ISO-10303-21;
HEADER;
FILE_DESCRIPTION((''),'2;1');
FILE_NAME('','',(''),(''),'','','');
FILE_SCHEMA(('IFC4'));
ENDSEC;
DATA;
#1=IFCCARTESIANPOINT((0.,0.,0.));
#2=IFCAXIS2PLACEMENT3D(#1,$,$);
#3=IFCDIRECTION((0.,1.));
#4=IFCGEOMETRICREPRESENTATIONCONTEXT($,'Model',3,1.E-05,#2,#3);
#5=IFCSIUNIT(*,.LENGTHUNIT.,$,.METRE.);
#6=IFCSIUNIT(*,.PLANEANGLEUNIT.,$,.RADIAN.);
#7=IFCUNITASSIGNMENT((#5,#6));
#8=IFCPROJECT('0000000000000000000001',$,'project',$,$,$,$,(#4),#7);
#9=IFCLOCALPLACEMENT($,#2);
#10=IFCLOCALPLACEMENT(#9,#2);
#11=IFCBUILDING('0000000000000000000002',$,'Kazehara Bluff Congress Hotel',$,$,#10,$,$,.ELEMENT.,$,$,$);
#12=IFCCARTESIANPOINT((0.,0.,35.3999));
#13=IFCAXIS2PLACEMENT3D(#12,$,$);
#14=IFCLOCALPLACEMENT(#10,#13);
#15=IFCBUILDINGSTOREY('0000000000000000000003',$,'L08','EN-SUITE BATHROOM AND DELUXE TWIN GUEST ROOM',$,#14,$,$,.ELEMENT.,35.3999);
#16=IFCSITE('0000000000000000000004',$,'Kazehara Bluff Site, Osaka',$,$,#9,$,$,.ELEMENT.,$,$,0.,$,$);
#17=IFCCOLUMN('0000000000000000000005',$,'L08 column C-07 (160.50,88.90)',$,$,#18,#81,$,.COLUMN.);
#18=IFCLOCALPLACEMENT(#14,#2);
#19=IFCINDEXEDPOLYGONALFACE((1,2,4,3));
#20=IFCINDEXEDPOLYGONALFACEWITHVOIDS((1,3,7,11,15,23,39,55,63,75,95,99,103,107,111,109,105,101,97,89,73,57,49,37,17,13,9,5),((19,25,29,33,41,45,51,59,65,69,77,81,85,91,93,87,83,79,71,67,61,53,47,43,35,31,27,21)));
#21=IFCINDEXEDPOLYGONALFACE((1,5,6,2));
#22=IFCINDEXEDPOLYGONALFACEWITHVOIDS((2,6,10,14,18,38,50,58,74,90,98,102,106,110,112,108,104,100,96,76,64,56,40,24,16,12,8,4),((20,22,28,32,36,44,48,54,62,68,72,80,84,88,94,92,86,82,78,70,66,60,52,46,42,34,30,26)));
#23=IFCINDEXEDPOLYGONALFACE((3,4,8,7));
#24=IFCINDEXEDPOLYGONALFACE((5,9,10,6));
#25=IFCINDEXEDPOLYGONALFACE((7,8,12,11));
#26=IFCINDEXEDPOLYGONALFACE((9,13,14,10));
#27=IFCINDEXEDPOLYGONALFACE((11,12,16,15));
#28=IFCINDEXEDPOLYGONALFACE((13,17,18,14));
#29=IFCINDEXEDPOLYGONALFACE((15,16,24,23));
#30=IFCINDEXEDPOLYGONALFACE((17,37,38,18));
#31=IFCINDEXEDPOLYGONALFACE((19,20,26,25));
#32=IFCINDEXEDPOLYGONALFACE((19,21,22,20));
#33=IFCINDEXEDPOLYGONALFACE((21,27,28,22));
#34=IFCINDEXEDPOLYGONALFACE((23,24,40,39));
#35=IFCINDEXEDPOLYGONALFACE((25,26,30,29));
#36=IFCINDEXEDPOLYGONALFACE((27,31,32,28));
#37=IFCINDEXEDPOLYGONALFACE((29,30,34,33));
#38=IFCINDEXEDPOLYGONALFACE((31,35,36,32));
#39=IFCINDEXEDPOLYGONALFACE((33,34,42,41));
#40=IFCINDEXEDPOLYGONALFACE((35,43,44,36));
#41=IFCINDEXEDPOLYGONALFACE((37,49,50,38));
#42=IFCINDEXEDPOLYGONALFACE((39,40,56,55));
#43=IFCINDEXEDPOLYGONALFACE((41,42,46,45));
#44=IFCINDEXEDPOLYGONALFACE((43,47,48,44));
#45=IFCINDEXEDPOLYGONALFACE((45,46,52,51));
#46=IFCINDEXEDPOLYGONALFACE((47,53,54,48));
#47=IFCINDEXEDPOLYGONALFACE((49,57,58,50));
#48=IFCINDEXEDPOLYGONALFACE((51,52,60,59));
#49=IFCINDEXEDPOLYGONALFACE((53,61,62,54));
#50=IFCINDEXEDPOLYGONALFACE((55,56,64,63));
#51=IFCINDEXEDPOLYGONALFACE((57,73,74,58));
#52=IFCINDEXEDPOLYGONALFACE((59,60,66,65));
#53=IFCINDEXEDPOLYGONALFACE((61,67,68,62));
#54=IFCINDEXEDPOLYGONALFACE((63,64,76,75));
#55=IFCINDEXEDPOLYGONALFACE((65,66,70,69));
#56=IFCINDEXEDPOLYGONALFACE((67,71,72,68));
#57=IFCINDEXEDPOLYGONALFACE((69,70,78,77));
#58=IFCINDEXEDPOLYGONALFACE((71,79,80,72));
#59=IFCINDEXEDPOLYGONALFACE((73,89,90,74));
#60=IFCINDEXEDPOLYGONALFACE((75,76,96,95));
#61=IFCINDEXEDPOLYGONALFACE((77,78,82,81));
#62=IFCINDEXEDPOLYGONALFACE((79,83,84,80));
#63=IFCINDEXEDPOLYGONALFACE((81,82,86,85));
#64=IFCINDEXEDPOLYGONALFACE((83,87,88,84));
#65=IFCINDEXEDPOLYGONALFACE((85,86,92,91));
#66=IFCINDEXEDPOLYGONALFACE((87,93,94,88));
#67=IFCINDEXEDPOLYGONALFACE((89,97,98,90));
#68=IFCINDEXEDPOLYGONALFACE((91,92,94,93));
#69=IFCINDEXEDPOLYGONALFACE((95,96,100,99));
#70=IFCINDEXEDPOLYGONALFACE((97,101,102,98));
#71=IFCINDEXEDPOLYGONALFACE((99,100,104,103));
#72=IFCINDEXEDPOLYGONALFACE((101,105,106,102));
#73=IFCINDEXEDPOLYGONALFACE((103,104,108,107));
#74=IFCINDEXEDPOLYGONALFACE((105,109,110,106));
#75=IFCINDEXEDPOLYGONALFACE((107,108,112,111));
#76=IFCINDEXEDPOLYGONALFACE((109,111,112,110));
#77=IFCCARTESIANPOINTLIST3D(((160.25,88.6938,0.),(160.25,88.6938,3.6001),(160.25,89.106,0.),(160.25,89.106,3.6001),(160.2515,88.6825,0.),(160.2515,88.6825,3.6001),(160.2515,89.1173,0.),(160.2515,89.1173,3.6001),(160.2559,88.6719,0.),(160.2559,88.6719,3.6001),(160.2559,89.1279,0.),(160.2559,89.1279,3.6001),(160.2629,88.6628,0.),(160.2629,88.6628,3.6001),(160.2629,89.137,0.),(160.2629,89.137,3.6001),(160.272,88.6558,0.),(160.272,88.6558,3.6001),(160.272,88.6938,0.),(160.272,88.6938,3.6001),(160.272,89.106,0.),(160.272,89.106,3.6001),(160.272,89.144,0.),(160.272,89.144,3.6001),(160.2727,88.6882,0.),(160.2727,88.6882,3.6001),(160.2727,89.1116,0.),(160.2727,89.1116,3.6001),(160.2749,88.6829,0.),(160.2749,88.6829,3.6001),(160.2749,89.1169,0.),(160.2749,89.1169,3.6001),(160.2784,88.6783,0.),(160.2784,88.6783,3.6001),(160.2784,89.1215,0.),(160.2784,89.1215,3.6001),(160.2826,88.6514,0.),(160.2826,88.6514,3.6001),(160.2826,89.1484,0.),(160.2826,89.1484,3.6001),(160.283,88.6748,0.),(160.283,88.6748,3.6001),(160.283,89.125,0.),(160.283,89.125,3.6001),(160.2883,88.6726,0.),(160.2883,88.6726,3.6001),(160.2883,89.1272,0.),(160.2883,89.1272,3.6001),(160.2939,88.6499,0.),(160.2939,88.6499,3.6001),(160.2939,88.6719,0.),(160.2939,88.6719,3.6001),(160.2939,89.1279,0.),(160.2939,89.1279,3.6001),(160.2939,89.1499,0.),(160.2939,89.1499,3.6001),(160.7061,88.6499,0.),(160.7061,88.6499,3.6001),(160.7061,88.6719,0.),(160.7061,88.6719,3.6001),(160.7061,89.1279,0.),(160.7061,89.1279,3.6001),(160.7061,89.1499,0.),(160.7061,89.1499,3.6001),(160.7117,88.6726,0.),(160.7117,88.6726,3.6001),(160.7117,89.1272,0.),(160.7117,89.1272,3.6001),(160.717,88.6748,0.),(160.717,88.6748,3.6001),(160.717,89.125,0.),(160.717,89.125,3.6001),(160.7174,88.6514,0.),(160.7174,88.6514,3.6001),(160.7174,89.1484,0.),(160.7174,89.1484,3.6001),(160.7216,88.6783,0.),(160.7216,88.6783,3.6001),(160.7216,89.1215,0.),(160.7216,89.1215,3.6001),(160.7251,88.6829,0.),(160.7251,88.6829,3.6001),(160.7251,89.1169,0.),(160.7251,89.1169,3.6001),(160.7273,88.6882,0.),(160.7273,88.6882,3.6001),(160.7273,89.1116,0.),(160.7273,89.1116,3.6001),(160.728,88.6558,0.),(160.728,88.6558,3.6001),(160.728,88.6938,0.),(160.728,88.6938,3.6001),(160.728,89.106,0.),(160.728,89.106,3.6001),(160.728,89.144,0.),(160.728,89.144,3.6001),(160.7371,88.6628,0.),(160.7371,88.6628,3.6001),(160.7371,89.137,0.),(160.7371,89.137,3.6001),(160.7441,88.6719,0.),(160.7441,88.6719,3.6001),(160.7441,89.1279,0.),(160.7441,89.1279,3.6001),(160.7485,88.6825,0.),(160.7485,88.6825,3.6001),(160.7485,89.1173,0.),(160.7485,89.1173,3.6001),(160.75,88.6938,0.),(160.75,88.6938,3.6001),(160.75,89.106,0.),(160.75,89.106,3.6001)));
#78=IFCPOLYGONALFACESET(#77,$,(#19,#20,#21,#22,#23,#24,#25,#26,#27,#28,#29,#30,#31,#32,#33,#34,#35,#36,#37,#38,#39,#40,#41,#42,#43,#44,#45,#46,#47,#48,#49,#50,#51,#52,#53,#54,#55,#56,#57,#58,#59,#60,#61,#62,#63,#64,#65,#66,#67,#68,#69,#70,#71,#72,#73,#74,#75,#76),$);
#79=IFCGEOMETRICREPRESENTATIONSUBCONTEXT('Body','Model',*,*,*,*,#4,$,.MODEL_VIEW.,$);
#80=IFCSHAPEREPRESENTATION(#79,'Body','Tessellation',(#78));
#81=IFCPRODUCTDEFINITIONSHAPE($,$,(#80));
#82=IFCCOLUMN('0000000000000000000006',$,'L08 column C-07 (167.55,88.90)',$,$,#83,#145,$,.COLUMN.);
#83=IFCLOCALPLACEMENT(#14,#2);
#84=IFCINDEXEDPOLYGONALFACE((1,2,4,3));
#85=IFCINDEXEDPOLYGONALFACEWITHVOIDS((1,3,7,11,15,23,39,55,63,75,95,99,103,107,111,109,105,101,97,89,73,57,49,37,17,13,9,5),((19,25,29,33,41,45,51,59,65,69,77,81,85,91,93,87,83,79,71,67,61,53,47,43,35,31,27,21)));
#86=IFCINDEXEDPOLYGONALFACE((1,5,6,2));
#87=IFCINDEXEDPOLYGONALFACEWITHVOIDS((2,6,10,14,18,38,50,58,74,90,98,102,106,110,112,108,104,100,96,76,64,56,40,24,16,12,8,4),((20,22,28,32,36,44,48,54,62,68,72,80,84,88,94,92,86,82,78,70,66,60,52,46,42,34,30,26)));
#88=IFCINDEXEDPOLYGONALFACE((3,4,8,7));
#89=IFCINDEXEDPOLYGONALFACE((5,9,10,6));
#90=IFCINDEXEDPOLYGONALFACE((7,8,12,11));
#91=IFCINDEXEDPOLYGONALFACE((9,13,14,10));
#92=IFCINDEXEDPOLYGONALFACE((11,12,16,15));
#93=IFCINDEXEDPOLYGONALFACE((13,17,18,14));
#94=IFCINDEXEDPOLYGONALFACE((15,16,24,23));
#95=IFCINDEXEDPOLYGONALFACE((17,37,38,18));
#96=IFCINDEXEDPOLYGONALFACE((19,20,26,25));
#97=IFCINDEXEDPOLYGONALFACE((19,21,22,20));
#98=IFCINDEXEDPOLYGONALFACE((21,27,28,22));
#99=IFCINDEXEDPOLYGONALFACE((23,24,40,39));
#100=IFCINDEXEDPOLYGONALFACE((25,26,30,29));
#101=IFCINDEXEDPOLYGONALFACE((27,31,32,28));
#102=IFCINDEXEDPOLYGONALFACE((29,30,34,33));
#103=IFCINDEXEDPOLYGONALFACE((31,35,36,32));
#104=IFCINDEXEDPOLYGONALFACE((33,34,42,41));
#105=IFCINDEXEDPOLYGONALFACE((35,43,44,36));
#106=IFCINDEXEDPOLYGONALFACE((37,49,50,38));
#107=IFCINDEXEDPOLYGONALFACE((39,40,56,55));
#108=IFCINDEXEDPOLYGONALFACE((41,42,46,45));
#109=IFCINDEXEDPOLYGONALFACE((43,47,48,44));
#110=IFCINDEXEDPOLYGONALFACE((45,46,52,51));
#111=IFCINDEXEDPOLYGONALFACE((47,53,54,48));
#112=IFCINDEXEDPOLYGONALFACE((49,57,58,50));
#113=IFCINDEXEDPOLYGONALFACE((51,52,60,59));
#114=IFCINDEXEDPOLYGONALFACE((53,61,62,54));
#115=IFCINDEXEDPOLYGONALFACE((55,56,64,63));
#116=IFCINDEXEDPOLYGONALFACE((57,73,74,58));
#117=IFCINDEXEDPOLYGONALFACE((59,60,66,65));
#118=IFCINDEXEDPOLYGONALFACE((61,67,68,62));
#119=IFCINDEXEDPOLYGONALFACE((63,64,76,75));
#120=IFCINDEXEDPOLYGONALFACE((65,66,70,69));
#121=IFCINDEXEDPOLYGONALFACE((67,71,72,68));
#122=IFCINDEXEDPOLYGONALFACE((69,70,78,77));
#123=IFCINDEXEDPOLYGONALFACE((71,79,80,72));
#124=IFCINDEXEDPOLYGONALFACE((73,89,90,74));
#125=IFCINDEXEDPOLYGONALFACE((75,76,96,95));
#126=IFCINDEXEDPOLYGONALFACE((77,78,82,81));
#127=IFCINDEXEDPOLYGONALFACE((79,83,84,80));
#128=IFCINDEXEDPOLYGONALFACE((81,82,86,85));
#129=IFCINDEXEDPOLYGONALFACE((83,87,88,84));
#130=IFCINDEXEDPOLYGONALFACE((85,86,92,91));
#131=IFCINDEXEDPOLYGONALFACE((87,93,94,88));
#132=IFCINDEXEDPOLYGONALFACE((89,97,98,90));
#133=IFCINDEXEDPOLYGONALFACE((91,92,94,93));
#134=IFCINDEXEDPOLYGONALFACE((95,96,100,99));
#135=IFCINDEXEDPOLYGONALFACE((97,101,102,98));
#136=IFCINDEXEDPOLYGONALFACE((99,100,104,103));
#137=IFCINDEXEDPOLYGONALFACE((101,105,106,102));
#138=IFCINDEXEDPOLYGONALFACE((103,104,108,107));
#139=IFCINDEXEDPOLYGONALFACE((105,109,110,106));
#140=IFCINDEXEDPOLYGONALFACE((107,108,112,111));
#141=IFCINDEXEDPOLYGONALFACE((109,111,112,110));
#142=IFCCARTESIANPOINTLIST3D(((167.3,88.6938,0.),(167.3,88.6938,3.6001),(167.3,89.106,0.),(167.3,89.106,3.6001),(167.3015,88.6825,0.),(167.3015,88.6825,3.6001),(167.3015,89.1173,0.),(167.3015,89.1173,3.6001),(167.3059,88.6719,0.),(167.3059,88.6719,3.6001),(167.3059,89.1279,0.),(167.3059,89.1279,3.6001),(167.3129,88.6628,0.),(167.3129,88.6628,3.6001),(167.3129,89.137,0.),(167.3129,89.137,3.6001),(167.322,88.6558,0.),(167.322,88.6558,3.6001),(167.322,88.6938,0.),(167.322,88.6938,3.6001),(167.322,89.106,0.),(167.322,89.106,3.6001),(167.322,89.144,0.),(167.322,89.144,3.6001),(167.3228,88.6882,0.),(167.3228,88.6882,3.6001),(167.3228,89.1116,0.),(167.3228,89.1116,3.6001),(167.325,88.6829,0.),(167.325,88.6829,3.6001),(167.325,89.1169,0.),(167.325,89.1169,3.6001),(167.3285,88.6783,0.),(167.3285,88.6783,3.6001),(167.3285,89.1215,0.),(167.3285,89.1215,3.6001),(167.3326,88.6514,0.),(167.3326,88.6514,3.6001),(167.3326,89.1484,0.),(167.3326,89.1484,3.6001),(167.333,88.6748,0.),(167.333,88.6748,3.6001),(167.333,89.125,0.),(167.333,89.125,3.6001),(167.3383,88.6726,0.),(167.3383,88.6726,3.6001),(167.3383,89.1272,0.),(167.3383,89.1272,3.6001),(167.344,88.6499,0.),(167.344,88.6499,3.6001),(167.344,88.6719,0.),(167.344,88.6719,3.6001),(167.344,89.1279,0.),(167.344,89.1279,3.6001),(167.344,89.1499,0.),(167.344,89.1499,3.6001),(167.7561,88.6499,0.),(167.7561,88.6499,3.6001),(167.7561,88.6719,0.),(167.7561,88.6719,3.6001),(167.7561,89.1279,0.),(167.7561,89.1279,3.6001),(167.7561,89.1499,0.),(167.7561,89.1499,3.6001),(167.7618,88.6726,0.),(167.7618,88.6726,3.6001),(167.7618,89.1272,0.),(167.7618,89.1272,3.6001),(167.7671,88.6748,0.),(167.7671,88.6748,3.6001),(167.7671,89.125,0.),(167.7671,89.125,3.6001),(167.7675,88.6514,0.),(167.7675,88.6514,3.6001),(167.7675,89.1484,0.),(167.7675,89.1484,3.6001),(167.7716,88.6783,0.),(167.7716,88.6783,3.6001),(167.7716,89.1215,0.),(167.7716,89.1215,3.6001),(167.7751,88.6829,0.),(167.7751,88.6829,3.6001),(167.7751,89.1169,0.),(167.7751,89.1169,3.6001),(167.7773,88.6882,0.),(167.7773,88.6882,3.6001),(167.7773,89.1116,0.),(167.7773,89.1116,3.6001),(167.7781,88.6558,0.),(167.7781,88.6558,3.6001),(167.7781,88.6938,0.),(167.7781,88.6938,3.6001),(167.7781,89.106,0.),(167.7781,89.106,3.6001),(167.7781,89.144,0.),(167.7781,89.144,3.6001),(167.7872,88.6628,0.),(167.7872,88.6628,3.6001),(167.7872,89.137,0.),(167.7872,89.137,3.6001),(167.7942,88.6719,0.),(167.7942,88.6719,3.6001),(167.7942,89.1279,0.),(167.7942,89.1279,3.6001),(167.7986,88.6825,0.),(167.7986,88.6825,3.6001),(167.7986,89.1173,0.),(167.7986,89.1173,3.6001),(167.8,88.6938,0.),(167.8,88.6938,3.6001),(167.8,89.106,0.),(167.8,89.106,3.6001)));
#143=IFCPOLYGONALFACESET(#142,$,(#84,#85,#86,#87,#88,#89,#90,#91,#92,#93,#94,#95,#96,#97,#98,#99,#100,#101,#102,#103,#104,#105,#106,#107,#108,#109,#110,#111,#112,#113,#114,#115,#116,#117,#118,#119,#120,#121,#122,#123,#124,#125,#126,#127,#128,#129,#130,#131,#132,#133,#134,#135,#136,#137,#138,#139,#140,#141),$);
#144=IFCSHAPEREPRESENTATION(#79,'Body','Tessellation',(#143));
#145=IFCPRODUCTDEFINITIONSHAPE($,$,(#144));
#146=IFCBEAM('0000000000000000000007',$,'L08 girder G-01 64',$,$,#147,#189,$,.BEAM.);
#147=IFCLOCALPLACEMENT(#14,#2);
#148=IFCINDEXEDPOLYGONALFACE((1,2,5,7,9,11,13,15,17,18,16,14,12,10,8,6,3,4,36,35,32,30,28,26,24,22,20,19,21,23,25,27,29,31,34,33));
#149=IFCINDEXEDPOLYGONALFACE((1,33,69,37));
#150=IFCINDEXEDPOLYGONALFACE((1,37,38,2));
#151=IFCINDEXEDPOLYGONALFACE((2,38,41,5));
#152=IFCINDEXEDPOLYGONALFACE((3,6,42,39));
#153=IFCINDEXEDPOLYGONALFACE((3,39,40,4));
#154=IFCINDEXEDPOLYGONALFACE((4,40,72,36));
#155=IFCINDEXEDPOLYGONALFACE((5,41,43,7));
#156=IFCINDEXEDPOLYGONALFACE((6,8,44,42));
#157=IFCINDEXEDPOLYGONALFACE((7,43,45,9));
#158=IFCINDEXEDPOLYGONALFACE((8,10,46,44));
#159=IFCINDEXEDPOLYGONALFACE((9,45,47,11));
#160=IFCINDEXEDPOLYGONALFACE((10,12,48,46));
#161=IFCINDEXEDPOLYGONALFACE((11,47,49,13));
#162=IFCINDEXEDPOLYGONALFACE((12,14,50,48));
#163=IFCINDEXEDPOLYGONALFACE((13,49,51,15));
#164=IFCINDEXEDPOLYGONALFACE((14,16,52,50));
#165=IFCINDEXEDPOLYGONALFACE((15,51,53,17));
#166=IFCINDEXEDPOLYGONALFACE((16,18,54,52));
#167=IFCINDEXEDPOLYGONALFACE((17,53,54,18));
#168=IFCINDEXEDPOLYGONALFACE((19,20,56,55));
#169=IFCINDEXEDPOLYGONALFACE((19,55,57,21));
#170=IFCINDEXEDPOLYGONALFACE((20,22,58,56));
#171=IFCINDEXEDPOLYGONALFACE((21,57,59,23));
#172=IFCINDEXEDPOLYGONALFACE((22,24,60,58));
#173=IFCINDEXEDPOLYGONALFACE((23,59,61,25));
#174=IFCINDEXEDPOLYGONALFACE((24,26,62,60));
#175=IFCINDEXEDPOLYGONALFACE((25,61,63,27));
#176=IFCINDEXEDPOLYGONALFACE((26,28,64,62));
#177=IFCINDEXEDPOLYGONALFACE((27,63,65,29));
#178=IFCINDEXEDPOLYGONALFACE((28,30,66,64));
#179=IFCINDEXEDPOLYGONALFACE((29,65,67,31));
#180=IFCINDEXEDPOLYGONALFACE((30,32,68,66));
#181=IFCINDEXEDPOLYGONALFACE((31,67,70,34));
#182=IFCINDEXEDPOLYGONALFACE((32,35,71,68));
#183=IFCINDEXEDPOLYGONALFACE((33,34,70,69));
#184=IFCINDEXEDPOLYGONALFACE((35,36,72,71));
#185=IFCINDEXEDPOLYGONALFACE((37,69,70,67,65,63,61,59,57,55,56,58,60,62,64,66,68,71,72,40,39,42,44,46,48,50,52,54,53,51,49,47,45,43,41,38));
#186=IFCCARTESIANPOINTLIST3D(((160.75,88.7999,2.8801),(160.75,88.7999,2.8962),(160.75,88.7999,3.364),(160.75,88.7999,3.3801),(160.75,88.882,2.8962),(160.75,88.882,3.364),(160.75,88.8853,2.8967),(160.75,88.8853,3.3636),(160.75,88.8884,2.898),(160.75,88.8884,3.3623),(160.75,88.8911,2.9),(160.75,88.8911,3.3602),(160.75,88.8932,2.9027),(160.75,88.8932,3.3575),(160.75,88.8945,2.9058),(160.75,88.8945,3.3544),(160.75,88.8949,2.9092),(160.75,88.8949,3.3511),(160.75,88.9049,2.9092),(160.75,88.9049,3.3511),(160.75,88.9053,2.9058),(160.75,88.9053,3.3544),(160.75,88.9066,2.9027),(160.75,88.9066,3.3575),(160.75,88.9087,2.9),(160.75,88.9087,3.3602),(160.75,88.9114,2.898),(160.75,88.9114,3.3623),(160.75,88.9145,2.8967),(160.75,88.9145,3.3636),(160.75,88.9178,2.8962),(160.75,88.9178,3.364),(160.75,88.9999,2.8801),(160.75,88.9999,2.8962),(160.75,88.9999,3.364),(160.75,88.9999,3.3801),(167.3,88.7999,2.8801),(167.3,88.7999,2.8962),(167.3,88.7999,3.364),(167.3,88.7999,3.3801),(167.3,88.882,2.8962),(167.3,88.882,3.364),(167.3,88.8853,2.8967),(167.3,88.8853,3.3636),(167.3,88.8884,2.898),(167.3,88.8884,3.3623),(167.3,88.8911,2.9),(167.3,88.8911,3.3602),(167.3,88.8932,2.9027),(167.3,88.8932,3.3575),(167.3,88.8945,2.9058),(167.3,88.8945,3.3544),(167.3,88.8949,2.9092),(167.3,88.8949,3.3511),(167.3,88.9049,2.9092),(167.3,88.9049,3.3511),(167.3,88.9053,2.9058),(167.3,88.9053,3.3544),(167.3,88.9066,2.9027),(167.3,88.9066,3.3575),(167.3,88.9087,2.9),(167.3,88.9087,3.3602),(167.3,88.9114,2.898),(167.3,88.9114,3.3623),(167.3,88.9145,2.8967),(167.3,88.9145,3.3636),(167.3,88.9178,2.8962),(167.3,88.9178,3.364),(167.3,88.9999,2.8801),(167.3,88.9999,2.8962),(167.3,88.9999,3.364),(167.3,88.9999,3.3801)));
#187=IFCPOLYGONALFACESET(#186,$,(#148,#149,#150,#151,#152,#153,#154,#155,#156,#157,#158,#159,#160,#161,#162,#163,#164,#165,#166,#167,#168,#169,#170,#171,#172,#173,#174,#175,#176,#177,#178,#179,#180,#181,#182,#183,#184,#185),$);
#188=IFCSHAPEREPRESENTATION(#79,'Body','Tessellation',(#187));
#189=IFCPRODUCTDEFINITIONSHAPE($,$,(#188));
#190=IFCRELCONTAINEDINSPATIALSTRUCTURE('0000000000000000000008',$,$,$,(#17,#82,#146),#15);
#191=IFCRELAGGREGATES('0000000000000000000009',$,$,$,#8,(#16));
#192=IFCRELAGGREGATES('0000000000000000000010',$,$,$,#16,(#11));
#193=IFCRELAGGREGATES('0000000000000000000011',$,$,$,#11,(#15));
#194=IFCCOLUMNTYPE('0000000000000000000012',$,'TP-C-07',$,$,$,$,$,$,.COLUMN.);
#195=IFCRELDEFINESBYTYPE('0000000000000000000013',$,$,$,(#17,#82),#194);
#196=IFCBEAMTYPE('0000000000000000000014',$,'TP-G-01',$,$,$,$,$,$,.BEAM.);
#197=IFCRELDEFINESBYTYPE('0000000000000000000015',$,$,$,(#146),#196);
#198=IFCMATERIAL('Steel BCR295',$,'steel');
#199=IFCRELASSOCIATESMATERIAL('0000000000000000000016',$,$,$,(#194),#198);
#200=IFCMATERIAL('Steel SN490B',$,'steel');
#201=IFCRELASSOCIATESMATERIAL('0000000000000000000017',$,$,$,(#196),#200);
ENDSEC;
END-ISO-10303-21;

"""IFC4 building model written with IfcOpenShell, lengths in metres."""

from ifc_helpers import new_model, si_unit, direction, frame, origin, origin_2d, place, context, subcontext, project, spatial, hollow_rectangle, i_section, extrude, material, material_profile, profile_set, type_object, element, save


model = new_model("IFC4")

# Units and contexts
model_context = context("Model", 3, precision=1e-05, world=origin(), true_north=direction((0.0, 1.0)))
body_context = subcontext(model_context, "Body", "Model", "MODEL_VIEW")
ifc_project = project(units=[si_unit("LENGTHUNIT", "METRE"), si_unit("PLANEANGLEUNIT", "RADIAN")], contexts=[model_context])

# Site, building, storey
site_placement = place(None, origin())
site = spatial("IfcSite", under=ifc_project, at=site_placement, Name="Kazehara Bluff Site, Osaka", CompositionType="ELEMENT", RefElevation=0.0)
building_placement = place(site_placement, origin())
building = spatial("IfcBuilding", under=site, at=building_placement, Name="Kazehara Bluff Congress Hotel", CompositionType="ELEMENT")
storey_placement = place(building_placement, frame((0.0, 0.0, 35.3999)))
storey = spatial("IfcBuildingStorey", under=building, at=storey_placement, Name="L08", Description="EN-SUITE BATHROOM AND DELUXE TWIN GUEST ROOM", CompositionType="ELEMENT", Elevation=35.3999)

# Columns
ifc_material_1 = material(Name="Steel BCR295", Category="steel")
ifc_material_profile_1 = material_profile(ifc_material_1, hollow_rectangle(XDim=0.5, YDim=0.5, WallThickness=0.022, InnerFilletRadius=0.022, OuterFilletRadius=0.0439, at=origin_2d()))
ifc_profile_set_1 = profile_set([ifc_material_profile_1], Name="Steel BCR295")
column_type = type_object("IfcColumnType", Name="TP-C-07", PredefinedType="COLUMN", material=ifc_profile_set_1)
for number, where, z_axis, x_axis, name in (
    (1, (160.5, 88.8999, 0.0), (0.0, 0.0, 1.0), (1.0, 0.0, 0.0), "L08 column C-07 (160.50,88.90)"),
    (2, (167.55, 88.8999, 0.0), (0.0, 0.0, 1.0), (1.0, 0.0, 0.0), "L08 column C-07 (167.55,88.90)"),
):
    element("IfcColumn", number, at=place(storey_placement, frame(where, z_axis=z_axis, x_axis=x_axis)), inside=storey, type_object=column_type, Name=name, PredefinedType="COLUMN", context=body_context, shape_type="SweptSolid", body=[
        extrude(hollow_rectangle(XDim=0.5, YDim=0.5, WallThickness=0.022, InnerFilletRadius=0.022, OuterFilletRadius=0.0439, at=origin_2d()), origin(), (0.0, 0.0, 1.0), 3.6001),
    ])

# Beam
ifc_material_2 = material(Name="Steel SN490B", Category="steel")
ifc_material_profile_2 = material_profile(ifc_material_2, i_section(OverallWidth=0.2, OverallDepth=0.5, WebThickness=0.01, FlangeThickness=0.0161, FilletRadius=0.0129, at=origin_2d()))
ifc_profile_set_2 = profile_set([ifc_material_profile_2], Name="Steel SN490B")
beam_type_1 = type_object("IfcBeamType", Name="TP-G-01", PredefinedType="BEAM", material=ifc_profile_set_2)
beam_1_placement = place(storey_placement, frame((160.75, 88.8999, 3.1301), z_axis=(1.0, 0.0, 0.0), x_axis=(0.0, 1.0, 0.0)))
element("IfcBeam", 3, at=beam_1_placement, inside=storey, type_object=beam_type_1, Name="L08 girder G-01 64", PredefinedType="BEAM", context=body_context, shape_type="SweptSolid", body=[
    extrude(i_section(OverallWidth=0.2, OverallDepth=0.5, WebThickness=0.01, FlangeThickness=0.0161, FilletRadius=0.0129, at=origin_2d()), origin(), (0.0, 0.0, 1.0), 6.55),
])

save(model, "model.ifc")
